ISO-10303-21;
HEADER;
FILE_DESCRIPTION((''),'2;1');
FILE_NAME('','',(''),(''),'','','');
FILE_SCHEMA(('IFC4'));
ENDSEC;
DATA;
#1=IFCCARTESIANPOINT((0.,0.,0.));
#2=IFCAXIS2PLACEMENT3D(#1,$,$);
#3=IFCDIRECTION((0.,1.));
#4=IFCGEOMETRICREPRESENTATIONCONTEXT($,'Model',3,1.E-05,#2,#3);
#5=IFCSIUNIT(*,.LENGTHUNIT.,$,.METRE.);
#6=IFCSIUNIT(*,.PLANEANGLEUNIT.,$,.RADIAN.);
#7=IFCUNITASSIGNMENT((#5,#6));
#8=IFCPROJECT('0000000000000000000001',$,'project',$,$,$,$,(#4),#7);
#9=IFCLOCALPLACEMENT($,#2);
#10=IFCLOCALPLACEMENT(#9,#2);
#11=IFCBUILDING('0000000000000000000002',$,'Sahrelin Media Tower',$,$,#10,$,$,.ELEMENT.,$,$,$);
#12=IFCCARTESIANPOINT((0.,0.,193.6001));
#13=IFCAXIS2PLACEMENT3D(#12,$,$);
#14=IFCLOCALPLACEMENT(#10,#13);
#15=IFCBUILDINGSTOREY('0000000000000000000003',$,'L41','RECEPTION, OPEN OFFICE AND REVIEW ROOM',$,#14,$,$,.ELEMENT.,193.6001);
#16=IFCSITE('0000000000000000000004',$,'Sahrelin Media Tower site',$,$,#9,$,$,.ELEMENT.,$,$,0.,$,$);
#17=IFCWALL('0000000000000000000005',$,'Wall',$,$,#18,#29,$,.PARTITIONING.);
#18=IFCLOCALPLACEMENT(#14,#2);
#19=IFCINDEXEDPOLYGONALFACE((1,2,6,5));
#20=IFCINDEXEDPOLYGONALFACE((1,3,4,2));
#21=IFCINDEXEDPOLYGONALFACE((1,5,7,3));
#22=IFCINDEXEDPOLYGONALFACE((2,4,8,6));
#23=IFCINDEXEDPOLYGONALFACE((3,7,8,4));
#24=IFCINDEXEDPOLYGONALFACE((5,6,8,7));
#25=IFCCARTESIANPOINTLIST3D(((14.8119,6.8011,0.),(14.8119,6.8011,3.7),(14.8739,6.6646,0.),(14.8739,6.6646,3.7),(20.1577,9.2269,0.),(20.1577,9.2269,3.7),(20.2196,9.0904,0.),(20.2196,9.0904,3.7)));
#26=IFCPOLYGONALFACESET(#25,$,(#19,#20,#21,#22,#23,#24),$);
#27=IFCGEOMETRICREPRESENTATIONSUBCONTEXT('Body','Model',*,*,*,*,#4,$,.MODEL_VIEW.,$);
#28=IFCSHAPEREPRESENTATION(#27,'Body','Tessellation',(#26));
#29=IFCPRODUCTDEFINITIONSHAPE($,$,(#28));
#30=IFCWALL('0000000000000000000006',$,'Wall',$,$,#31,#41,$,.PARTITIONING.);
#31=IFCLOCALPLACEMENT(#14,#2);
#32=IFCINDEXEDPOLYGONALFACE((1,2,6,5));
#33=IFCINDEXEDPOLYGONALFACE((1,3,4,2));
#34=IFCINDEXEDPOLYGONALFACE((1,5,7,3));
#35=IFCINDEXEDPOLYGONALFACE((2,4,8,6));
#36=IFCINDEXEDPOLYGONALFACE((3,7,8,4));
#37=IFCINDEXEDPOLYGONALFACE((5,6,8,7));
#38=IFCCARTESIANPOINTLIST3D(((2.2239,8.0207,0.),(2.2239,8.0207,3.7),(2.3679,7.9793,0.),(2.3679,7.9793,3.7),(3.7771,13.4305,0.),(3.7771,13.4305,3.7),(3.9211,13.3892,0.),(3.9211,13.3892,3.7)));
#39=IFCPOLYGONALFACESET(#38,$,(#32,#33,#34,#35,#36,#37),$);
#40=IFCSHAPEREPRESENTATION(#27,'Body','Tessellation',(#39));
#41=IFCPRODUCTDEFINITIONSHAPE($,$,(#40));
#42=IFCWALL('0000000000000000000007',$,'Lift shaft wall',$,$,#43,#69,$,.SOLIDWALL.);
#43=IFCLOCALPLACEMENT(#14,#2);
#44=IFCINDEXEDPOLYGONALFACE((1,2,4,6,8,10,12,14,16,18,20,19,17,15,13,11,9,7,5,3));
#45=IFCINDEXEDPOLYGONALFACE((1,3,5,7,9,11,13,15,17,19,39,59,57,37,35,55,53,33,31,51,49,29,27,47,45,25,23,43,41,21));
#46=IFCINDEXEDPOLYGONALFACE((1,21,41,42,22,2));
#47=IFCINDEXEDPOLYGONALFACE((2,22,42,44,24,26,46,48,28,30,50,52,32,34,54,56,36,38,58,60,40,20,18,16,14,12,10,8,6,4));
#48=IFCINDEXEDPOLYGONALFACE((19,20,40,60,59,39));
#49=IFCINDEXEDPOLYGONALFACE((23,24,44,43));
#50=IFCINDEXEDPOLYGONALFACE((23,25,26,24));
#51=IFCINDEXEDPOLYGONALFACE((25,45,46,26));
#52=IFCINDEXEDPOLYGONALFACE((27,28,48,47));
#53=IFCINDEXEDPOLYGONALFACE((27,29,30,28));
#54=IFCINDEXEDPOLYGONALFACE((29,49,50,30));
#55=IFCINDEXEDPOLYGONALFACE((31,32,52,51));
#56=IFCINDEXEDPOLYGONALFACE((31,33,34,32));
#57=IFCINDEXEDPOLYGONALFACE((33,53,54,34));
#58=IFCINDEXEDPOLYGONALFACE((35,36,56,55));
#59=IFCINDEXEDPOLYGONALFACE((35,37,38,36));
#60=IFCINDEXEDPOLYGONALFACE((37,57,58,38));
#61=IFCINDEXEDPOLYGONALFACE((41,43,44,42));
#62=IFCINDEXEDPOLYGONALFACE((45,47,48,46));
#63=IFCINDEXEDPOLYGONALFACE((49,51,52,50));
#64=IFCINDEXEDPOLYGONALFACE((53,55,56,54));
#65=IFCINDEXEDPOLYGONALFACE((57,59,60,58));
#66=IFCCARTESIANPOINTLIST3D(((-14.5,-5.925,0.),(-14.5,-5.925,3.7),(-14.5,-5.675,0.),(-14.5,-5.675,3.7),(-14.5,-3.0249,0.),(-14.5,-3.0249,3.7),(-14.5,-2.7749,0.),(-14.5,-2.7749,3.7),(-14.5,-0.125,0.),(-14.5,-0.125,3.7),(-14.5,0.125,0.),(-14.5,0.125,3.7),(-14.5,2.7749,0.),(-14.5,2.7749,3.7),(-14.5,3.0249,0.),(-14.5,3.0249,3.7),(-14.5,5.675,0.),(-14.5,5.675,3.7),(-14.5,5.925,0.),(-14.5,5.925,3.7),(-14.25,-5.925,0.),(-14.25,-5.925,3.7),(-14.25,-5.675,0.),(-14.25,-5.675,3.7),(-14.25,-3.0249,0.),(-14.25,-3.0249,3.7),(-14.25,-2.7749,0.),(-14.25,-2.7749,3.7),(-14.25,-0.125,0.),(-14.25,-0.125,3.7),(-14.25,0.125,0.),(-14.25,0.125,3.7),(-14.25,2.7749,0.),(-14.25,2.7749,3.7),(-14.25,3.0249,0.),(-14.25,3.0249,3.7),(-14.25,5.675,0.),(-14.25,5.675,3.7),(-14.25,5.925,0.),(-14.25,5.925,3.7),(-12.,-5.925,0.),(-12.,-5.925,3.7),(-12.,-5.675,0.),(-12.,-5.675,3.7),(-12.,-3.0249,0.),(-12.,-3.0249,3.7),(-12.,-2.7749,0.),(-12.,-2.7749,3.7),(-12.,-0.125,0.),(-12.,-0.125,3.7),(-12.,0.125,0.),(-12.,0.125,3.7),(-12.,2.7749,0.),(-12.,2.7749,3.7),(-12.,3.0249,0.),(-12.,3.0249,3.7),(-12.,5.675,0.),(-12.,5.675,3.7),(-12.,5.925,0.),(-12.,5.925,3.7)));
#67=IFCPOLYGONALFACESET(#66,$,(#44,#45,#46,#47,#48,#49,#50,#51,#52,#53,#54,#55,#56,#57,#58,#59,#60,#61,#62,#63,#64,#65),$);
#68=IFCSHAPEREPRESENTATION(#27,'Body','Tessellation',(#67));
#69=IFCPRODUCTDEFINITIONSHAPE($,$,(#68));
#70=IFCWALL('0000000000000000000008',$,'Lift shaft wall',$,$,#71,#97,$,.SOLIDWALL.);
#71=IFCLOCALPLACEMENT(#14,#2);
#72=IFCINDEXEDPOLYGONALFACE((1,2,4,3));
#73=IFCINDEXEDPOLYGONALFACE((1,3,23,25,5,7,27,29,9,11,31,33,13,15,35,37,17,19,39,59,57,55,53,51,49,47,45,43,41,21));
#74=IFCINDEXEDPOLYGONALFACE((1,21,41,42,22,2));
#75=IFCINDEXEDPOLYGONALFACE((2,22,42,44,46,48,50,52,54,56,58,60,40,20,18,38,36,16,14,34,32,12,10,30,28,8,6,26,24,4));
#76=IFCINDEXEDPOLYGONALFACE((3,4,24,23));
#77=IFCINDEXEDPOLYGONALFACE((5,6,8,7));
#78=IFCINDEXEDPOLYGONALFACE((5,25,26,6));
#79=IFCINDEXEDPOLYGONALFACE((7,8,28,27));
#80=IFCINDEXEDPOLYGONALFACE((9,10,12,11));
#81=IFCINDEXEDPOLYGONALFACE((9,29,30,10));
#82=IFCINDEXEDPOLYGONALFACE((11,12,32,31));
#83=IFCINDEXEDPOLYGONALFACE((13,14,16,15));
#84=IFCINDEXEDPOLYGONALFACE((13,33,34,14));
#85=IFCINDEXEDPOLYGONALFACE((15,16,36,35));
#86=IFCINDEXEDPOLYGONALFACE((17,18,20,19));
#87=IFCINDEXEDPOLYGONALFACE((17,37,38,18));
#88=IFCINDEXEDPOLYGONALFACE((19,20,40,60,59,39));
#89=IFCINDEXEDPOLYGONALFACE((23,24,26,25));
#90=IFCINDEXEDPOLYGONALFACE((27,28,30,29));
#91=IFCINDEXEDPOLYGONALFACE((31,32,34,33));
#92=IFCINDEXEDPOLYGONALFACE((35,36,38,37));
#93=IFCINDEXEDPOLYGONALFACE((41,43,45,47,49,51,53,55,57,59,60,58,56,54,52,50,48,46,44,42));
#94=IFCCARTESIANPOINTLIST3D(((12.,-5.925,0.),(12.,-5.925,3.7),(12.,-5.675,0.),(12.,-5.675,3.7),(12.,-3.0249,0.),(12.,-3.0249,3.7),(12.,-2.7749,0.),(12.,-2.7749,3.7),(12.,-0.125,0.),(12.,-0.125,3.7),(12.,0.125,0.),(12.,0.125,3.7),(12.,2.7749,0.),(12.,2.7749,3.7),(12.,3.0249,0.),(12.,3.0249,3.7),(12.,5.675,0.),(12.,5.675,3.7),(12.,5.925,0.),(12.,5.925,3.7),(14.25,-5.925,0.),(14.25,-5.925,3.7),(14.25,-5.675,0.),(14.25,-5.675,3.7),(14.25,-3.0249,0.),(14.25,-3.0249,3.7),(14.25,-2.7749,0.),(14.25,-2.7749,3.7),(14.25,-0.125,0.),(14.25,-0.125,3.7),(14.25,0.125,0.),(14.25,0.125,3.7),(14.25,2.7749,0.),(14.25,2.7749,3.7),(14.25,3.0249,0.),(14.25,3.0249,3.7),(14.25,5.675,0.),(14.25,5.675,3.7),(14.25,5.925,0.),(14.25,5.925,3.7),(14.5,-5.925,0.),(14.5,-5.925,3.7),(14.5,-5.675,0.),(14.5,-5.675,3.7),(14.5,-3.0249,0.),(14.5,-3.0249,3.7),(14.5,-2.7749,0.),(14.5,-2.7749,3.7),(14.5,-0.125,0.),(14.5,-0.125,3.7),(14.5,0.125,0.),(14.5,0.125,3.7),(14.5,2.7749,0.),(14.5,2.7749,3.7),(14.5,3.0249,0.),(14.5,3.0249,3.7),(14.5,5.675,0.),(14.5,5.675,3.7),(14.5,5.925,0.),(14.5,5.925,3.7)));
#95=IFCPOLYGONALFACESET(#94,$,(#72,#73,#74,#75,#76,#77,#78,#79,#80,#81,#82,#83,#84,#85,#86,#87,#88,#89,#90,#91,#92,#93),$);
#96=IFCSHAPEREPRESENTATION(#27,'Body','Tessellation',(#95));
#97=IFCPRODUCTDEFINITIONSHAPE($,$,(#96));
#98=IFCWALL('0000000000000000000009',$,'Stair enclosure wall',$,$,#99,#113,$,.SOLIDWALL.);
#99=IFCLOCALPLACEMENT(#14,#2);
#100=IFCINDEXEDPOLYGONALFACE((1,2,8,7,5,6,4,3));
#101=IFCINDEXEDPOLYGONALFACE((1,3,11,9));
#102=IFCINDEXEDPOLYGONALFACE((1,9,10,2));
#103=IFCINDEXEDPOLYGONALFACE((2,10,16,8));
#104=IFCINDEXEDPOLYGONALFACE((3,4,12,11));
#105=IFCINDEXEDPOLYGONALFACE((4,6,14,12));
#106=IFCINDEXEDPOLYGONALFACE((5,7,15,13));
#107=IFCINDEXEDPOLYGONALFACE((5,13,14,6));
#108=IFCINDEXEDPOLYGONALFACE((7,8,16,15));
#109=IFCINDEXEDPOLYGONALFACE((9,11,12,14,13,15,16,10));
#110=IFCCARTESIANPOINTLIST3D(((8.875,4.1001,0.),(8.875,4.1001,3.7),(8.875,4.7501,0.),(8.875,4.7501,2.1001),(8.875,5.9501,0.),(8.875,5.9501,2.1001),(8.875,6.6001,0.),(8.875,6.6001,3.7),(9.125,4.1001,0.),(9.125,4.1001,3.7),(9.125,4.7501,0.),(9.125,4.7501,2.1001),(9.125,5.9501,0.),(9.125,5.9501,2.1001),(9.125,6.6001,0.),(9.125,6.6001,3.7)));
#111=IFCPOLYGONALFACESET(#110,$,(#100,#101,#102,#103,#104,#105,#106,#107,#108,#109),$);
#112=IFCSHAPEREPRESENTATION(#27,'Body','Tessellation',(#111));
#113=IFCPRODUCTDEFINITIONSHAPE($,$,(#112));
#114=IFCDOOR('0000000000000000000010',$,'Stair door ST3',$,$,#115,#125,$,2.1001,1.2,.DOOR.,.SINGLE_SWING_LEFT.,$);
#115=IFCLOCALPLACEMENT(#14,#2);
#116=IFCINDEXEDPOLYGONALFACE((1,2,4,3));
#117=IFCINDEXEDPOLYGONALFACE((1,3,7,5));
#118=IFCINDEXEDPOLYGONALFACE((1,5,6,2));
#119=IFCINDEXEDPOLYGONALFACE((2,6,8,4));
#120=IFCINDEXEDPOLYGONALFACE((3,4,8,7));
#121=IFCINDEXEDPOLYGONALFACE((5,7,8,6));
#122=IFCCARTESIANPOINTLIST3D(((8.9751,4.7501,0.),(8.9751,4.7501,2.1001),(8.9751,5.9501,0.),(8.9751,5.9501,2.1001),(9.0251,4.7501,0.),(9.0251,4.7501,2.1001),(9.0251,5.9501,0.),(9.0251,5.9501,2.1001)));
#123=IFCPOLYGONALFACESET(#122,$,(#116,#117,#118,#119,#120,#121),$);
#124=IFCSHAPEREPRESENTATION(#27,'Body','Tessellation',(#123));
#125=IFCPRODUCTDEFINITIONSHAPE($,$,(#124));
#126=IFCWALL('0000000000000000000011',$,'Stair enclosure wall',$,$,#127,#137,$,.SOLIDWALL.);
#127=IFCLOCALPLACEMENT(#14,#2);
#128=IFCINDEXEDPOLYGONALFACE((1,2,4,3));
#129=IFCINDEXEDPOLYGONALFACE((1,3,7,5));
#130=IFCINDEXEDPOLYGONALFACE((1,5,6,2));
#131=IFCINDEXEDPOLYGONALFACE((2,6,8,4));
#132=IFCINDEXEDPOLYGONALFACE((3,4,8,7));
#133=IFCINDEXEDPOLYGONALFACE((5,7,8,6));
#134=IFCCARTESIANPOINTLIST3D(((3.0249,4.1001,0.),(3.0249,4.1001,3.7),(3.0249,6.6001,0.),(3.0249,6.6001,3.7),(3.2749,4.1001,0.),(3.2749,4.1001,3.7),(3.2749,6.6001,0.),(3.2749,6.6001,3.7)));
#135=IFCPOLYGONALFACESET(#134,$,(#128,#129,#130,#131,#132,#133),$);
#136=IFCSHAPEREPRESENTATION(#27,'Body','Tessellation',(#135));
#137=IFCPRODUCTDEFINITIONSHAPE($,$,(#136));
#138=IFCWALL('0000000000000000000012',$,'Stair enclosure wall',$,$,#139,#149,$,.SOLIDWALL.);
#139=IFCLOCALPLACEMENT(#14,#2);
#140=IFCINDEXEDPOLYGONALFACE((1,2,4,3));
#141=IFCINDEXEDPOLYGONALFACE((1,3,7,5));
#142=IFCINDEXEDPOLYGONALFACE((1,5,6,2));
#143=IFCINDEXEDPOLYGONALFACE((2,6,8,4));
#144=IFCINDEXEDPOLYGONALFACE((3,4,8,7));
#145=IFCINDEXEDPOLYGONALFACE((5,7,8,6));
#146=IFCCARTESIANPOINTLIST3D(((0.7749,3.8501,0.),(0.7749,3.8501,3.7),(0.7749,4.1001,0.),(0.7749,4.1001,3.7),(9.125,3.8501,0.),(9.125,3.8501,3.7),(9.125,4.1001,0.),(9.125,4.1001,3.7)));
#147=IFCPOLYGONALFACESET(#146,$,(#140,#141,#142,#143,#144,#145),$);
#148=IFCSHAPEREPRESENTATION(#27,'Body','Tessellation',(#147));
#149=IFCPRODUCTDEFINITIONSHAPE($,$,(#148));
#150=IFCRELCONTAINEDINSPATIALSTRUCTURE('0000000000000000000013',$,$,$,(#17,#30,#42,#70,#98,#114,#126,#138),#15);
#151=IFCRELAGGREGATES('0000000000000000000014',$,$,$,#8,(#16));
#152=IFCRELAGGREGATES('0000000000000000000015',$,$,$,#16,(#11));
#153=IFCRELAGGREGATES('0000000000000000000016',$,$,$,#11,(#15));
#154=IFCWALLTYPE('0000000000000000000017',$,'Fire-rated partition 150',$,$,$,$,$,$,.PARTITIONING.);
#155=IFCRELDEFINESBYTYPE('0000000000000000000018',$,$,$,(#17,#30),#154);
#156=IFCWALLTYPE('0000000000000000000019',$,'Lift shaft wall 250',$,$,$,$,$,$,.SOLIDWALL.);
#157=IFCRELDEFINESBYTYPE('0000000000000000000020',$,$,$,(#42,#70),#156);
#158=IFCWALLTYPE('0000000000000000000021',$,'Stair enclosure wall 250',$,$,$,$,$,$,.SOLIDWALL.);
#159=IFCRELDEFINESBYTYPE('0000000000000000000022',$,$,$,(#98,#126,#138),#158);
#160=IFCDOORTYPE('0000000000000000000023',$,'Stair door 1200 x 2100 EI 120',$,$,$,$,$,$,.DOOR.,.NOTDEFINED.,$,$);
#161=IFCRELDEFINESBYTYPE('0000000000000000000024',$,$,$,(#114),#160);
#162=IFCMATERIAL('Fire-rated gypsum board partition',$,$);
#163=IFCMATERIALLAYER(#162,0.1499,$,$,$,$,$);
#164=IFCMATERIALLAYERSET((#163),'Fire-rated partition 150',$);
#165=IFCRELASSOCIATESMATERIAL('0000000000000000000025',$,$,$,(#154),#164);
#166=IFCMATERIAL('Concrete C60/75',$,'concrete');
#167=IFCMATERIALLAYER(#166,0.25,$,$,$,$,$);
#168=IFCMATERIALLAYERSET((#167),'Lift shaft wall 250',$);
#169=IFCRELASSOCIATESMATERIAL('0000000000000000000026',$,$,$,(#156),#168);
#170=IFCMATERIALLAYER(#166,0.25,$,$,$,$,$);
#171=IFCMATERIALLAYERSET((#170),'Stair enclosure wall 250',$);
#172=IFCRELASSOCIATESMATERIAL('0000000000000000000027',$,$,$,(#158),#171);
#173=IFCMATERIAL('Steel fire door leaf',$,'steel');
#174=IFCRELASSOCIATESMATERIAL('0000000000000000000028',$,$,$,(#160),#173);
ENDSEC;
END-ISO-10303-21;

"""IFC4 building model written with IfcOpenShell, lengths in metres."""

from ifc_helpers import new_model, si_unit, direction, frame, frame_2d, origin, place, context, subcontext, project, spatial, polyline, rectangle, outline, extrude, material, layer, layer_set, type_object, element, fill, save


model = new_model("IFC4")

# Units and contexts
model_context = context("Model", 3, precision=1e-05, world=origin(), true_north=direction((0.0, 1.0)))
body_context = subcontext(model_context, "Body", "Model", "MODEL_VIEW")
ifc_project = project(units=[si_unit("LENGTHUNIT", "METRE"), si_unit("PLANEANGLEUNIT", "RADIAN")], contexts=[model_context])

# Site, building, storey
site_placement = place(None, origin())
site = spatial("IfcSite", under=ifc_project, at=site_placement, Name="Sahrelin Media Tower site", CompositionType="ELEMENT", RefElevation=0.0)
building_placement = place(site_placement, origin())
building = spatial("IfcBuilding", under=site, at=building_placement, Name="Sahrelin Media Tower", CompositionType="ELEMENT")
storey_placement = place(building_placement, frame((0.0, 0.0, 193.6001)))
storey = spatial("IfcBuildingStorey", under=building, at=storey_placement, Name="L41", Description="RECEPTION, OPEN OFFICE AND REVIEW ROOM", CompositionType="ELEMENT", Elevation=193.6001)

# Shared definitions
ifc_material_1 = material(Name="Fire-rated gypsum board partition")
ifc_material_2 = material(Name="Steel fire door leaf", Category="steel")

# Walls
ifc_layer_1 = layer(ifc_material_1, 0.1499)
ifc_layer_set_1 = layer_set([ifc_layer_1], Name="Fire-rated partition 150")
wall_type_1 = type_object("IfcWallType", Name="Fire-rated partition 150", PredefinedType="PARTITIONING", material=ifc_layer_set_1)
wall_1_placement = place(storey_placement, frame((14.843, 6.7329, 0.0), z_axis=(0.0, 0.0, 1.0), x_axis=(0.910628, 0.413226, 0.0)))
element("IfcWall", 1, at=wall_1_placement, inside=storey, type_object=wall_type_1, Name="Wall", PredefinedType="PARTITIONING", context=body_context, shape_type="SweptSolid", body=[
    extrude(rectangle(XDim=5.8704, YDim=0.1499, at=frame_2d((2.9351, 0.0))), origin(), (0.0, 0.0, 1.0), 3.7),
])
wall_2_placement = place(storey_placement, frame((2.2959, 8.0, 0.0), z_axis=(0.0, 0.0, 1.0), x_axis=(0.275958, 0.96117, 0.0)))
element("IfcWall", 2, at=wall_2_placement, inside=storey, type_object=wall_type_1, Name="Wall", PredefinedType="PARTITIONING", context=body_context, shape_type="SweptSolid", body=[
    extrude(rectangle(XDim=5.6284, YDim=0.1499, at=frame_2d((2.8142, 0.0))), origin(), (0.0, 0.0, 1.0), 3.7),
])
ifc_material_3 = material(Name="Concrete C60/75", Category="concrete")
ifc_layer_2 = layer(ifc_material_3, 0.25)
ifc_layer_set_2 = layer_set([ifc_layer_2], Name="Lift shaft wall 250")
wall_type_2 = type_object("IfcWallType", Name="Lift shaft wall 250", PredefinedType="SOLIDWALL", material=ifc_layer_set_2)
placement = place(storey_placement, origin())
element("IfcWall", 3, at=placement, inside=storey, type_object=wall_type_2, Name="Lift shaft wall", PredefinedType="SOLIDWALL", context=body_context, shape_type="SweptSolid", body=[
    extrude(outline(polyline([(-12.0, -5.925), (-12.0, -5.675), (-14.25, -5.675), (-14.25, -3.0249), (-12.0, -3.0249), (-12.0, -2.7749), (-14.25, -2.7749), (-14.25, -0.125), (-12.0, -0.125), (-12.0, 0.125), (-14.25, 0.125), (-14.25, 2.7749), (-12.0, 2.7749), (-12.0, 3.0249), (-14.25, 3.0249), (-14.25, 5.675), (-12.0, 5.675), (-12.0, 5.925), (-14.25, 5.925), (-14.5, 5.925), (-14.5, 5.675), (-14.5, 3.0249), (-14.5, 2.7749), (-14.5, 0.125), (-14.5, -0.125), (-14.5, -2.7749), (-14.5, -3.0249), (-14.5, -5.675), (-14.5, -5.925), (-14.25, -5.925), (-12.0, -5.925)])), origin(), (0.0, 0.0, 1.0), 3.7),
])
element("IfcWall", 4, at=placement, inside=storey, type_object=wall_type_2, Name="Lift shaft wall", PredefinedType="SOLIDWALL", context=body_context, shape_type="SweptSolid", body=[
    extrude(outline(polyline([(12.0, -5.675), (12.0, -5.925), (14.25, -5.925), (14.5, -5.925), (14.5, -5.675), (14.5, -3.0249), (14.5, -2.7749), (14.5, -0.125), (14.5, 0.125), (14.5, 2.7749), (14.5, 3.0249), (14.5, 5.675), (14.5, 5.925), (14.25, 5.925), (12.0, 5.925), (12.0, 5.675), (14.25, 5.675), (14.25, 3.0249), (12.0, 3.0249), (12.0, 2.7749), (14.25, 2.7749), (14.25, 0.125), (12.0, 0.125), (12.0, -0.125), (14.25, -0.125), (14.25, -2.7749), (12.0, -2.7749), (12.0, -3.0249), (14.25, -3.0249), (14.25, -5.675), (12.0, -5.675)])), origin(), (0.0, 0.0, 1.0), 3.7),
])

# Wall, opening, door
ifc_layer_3 = layer(ifc_material_3, 0.25)
ifc_layer_set_3 = layer_set([ifc_layer_3], Name="Stair enclosure wall 250")
wall_type_3 = type_object("IfcWallType", Name="Stair enclosure wall 250", PredefinedType="SOLIDWALL", material=ifc_layer_set_3)
wall_3_placement = place(storey_placement, frame((9.0, 4.1001, 0.0), z_axis=(0.0, 0.0, 1.0), x_axis=(0.0, 1.0, 0.0)))
wall_3 = element("IfcWall", 5, at=wall_3_placement, inside=storey, type_object=wall_type_3, Name="Stair enclosure wall", PredefinedType="SOLIDWALL", context=body_context, shape_type="SweptSolid", body=[
    extrude(rectangle(XDim=2.5, YDim=0.25, at=frame_2d((1.25, 0.0))), origin(), (0.0, 0.0, 1.0), 3.7),
])
opening_1_placement = place(wall_3_placement, frame((0.6499, 0.0, 0.0)))
opening_1 = element("IfcOpeningElement", 6, at=opening_1_placement, cuts=wall_3, PredefinedType="OPENING", context=body_context, shape_type="SweptSolid", body=[
    extrude(rectangle(XDim=1.2, YDim=2.1001, at=frame_2d((0.6001, 1.05))), frame((0.0, 0.125, 0.0), z_axis=(0.0, -1.0, 0.0), x_axis=(1.0, 0.0, 0.0)), (0.0, 0.0, 1.0), 0.25),
])
door_type_1 = type_object("IfcDoorType", Name="Stair door 1200 x 2100 EI 120", OperationType="NOTDEFINED", PredefinedType="DOOR", material=ifc_material_2)
door_1_placement = place(opening_1_placement, origin())
door_1 = element("IfcDoor", 7, at=door_1_placement, inside=storey, type_object=door_type_1, Name="Stair door ST3", OperationType="SINGLE_SWING_LEFT", OverallHeight=2.1001, OverallWidth=1.2, PredefinedType="DOOR", context=body_context, shape_type="SweptSolid", body=[
    extrude(rectangle(XDim=1.2, YDim=2.1001, at=frame_2d((0.6001, 1.05))), frame((0.0, 0.0249, 0.0), z_axis=(0.0, -1.0, 0.0), x_axis=(1.0, 0.0, 0.0)), (0.0, 0.0, 1.0), 0.05),
])
fill(opening_1, door_1)

# Walls
wall_4_placement = place(storey_placement, frame((3.1499, 4.1001, 0.0), z_axis=(0.0, 0.0, 1.0), x_axis=(0.0, 1.0, 0.0)))
element("IfcWall", 8, at=wall_4_placement, inside=storey, type_object=wall_type_3, Name="Stair enclosure wall", PredefinedType="SOLIDWALL", context=body_context, shape_type="SweptSolid", body=[
    extrude(rectangle(XDim=2.5, YDim=0.25, at=frame_2d((1.25, 0.0))), origin(), (0.0, 0.0, 1.0), 3.7),
])
wall_5_placement = place(storey_placement, frame((0.7749, 3.9751, 0.0), z_axis=(0.0, 0.0, 1.0), x_axis=(1.0, 0.0, 0.0)))
element("IfcWall", 9, at=wall_5_placement, inside=storey, type_object=wall_type_3, Name="Stair enclosure wall", PredefinedType="SOLIDWALL", context=body_context, shape_type="SweptSolid", body=[
    extrude(rectangle(XDim=8.3501, YDim=0.25, at=frame_2d((4.175, 0.0))), origin(), (0.0, 0.0, 1.0), 3.7),
])

save(model, "model.ifc")
